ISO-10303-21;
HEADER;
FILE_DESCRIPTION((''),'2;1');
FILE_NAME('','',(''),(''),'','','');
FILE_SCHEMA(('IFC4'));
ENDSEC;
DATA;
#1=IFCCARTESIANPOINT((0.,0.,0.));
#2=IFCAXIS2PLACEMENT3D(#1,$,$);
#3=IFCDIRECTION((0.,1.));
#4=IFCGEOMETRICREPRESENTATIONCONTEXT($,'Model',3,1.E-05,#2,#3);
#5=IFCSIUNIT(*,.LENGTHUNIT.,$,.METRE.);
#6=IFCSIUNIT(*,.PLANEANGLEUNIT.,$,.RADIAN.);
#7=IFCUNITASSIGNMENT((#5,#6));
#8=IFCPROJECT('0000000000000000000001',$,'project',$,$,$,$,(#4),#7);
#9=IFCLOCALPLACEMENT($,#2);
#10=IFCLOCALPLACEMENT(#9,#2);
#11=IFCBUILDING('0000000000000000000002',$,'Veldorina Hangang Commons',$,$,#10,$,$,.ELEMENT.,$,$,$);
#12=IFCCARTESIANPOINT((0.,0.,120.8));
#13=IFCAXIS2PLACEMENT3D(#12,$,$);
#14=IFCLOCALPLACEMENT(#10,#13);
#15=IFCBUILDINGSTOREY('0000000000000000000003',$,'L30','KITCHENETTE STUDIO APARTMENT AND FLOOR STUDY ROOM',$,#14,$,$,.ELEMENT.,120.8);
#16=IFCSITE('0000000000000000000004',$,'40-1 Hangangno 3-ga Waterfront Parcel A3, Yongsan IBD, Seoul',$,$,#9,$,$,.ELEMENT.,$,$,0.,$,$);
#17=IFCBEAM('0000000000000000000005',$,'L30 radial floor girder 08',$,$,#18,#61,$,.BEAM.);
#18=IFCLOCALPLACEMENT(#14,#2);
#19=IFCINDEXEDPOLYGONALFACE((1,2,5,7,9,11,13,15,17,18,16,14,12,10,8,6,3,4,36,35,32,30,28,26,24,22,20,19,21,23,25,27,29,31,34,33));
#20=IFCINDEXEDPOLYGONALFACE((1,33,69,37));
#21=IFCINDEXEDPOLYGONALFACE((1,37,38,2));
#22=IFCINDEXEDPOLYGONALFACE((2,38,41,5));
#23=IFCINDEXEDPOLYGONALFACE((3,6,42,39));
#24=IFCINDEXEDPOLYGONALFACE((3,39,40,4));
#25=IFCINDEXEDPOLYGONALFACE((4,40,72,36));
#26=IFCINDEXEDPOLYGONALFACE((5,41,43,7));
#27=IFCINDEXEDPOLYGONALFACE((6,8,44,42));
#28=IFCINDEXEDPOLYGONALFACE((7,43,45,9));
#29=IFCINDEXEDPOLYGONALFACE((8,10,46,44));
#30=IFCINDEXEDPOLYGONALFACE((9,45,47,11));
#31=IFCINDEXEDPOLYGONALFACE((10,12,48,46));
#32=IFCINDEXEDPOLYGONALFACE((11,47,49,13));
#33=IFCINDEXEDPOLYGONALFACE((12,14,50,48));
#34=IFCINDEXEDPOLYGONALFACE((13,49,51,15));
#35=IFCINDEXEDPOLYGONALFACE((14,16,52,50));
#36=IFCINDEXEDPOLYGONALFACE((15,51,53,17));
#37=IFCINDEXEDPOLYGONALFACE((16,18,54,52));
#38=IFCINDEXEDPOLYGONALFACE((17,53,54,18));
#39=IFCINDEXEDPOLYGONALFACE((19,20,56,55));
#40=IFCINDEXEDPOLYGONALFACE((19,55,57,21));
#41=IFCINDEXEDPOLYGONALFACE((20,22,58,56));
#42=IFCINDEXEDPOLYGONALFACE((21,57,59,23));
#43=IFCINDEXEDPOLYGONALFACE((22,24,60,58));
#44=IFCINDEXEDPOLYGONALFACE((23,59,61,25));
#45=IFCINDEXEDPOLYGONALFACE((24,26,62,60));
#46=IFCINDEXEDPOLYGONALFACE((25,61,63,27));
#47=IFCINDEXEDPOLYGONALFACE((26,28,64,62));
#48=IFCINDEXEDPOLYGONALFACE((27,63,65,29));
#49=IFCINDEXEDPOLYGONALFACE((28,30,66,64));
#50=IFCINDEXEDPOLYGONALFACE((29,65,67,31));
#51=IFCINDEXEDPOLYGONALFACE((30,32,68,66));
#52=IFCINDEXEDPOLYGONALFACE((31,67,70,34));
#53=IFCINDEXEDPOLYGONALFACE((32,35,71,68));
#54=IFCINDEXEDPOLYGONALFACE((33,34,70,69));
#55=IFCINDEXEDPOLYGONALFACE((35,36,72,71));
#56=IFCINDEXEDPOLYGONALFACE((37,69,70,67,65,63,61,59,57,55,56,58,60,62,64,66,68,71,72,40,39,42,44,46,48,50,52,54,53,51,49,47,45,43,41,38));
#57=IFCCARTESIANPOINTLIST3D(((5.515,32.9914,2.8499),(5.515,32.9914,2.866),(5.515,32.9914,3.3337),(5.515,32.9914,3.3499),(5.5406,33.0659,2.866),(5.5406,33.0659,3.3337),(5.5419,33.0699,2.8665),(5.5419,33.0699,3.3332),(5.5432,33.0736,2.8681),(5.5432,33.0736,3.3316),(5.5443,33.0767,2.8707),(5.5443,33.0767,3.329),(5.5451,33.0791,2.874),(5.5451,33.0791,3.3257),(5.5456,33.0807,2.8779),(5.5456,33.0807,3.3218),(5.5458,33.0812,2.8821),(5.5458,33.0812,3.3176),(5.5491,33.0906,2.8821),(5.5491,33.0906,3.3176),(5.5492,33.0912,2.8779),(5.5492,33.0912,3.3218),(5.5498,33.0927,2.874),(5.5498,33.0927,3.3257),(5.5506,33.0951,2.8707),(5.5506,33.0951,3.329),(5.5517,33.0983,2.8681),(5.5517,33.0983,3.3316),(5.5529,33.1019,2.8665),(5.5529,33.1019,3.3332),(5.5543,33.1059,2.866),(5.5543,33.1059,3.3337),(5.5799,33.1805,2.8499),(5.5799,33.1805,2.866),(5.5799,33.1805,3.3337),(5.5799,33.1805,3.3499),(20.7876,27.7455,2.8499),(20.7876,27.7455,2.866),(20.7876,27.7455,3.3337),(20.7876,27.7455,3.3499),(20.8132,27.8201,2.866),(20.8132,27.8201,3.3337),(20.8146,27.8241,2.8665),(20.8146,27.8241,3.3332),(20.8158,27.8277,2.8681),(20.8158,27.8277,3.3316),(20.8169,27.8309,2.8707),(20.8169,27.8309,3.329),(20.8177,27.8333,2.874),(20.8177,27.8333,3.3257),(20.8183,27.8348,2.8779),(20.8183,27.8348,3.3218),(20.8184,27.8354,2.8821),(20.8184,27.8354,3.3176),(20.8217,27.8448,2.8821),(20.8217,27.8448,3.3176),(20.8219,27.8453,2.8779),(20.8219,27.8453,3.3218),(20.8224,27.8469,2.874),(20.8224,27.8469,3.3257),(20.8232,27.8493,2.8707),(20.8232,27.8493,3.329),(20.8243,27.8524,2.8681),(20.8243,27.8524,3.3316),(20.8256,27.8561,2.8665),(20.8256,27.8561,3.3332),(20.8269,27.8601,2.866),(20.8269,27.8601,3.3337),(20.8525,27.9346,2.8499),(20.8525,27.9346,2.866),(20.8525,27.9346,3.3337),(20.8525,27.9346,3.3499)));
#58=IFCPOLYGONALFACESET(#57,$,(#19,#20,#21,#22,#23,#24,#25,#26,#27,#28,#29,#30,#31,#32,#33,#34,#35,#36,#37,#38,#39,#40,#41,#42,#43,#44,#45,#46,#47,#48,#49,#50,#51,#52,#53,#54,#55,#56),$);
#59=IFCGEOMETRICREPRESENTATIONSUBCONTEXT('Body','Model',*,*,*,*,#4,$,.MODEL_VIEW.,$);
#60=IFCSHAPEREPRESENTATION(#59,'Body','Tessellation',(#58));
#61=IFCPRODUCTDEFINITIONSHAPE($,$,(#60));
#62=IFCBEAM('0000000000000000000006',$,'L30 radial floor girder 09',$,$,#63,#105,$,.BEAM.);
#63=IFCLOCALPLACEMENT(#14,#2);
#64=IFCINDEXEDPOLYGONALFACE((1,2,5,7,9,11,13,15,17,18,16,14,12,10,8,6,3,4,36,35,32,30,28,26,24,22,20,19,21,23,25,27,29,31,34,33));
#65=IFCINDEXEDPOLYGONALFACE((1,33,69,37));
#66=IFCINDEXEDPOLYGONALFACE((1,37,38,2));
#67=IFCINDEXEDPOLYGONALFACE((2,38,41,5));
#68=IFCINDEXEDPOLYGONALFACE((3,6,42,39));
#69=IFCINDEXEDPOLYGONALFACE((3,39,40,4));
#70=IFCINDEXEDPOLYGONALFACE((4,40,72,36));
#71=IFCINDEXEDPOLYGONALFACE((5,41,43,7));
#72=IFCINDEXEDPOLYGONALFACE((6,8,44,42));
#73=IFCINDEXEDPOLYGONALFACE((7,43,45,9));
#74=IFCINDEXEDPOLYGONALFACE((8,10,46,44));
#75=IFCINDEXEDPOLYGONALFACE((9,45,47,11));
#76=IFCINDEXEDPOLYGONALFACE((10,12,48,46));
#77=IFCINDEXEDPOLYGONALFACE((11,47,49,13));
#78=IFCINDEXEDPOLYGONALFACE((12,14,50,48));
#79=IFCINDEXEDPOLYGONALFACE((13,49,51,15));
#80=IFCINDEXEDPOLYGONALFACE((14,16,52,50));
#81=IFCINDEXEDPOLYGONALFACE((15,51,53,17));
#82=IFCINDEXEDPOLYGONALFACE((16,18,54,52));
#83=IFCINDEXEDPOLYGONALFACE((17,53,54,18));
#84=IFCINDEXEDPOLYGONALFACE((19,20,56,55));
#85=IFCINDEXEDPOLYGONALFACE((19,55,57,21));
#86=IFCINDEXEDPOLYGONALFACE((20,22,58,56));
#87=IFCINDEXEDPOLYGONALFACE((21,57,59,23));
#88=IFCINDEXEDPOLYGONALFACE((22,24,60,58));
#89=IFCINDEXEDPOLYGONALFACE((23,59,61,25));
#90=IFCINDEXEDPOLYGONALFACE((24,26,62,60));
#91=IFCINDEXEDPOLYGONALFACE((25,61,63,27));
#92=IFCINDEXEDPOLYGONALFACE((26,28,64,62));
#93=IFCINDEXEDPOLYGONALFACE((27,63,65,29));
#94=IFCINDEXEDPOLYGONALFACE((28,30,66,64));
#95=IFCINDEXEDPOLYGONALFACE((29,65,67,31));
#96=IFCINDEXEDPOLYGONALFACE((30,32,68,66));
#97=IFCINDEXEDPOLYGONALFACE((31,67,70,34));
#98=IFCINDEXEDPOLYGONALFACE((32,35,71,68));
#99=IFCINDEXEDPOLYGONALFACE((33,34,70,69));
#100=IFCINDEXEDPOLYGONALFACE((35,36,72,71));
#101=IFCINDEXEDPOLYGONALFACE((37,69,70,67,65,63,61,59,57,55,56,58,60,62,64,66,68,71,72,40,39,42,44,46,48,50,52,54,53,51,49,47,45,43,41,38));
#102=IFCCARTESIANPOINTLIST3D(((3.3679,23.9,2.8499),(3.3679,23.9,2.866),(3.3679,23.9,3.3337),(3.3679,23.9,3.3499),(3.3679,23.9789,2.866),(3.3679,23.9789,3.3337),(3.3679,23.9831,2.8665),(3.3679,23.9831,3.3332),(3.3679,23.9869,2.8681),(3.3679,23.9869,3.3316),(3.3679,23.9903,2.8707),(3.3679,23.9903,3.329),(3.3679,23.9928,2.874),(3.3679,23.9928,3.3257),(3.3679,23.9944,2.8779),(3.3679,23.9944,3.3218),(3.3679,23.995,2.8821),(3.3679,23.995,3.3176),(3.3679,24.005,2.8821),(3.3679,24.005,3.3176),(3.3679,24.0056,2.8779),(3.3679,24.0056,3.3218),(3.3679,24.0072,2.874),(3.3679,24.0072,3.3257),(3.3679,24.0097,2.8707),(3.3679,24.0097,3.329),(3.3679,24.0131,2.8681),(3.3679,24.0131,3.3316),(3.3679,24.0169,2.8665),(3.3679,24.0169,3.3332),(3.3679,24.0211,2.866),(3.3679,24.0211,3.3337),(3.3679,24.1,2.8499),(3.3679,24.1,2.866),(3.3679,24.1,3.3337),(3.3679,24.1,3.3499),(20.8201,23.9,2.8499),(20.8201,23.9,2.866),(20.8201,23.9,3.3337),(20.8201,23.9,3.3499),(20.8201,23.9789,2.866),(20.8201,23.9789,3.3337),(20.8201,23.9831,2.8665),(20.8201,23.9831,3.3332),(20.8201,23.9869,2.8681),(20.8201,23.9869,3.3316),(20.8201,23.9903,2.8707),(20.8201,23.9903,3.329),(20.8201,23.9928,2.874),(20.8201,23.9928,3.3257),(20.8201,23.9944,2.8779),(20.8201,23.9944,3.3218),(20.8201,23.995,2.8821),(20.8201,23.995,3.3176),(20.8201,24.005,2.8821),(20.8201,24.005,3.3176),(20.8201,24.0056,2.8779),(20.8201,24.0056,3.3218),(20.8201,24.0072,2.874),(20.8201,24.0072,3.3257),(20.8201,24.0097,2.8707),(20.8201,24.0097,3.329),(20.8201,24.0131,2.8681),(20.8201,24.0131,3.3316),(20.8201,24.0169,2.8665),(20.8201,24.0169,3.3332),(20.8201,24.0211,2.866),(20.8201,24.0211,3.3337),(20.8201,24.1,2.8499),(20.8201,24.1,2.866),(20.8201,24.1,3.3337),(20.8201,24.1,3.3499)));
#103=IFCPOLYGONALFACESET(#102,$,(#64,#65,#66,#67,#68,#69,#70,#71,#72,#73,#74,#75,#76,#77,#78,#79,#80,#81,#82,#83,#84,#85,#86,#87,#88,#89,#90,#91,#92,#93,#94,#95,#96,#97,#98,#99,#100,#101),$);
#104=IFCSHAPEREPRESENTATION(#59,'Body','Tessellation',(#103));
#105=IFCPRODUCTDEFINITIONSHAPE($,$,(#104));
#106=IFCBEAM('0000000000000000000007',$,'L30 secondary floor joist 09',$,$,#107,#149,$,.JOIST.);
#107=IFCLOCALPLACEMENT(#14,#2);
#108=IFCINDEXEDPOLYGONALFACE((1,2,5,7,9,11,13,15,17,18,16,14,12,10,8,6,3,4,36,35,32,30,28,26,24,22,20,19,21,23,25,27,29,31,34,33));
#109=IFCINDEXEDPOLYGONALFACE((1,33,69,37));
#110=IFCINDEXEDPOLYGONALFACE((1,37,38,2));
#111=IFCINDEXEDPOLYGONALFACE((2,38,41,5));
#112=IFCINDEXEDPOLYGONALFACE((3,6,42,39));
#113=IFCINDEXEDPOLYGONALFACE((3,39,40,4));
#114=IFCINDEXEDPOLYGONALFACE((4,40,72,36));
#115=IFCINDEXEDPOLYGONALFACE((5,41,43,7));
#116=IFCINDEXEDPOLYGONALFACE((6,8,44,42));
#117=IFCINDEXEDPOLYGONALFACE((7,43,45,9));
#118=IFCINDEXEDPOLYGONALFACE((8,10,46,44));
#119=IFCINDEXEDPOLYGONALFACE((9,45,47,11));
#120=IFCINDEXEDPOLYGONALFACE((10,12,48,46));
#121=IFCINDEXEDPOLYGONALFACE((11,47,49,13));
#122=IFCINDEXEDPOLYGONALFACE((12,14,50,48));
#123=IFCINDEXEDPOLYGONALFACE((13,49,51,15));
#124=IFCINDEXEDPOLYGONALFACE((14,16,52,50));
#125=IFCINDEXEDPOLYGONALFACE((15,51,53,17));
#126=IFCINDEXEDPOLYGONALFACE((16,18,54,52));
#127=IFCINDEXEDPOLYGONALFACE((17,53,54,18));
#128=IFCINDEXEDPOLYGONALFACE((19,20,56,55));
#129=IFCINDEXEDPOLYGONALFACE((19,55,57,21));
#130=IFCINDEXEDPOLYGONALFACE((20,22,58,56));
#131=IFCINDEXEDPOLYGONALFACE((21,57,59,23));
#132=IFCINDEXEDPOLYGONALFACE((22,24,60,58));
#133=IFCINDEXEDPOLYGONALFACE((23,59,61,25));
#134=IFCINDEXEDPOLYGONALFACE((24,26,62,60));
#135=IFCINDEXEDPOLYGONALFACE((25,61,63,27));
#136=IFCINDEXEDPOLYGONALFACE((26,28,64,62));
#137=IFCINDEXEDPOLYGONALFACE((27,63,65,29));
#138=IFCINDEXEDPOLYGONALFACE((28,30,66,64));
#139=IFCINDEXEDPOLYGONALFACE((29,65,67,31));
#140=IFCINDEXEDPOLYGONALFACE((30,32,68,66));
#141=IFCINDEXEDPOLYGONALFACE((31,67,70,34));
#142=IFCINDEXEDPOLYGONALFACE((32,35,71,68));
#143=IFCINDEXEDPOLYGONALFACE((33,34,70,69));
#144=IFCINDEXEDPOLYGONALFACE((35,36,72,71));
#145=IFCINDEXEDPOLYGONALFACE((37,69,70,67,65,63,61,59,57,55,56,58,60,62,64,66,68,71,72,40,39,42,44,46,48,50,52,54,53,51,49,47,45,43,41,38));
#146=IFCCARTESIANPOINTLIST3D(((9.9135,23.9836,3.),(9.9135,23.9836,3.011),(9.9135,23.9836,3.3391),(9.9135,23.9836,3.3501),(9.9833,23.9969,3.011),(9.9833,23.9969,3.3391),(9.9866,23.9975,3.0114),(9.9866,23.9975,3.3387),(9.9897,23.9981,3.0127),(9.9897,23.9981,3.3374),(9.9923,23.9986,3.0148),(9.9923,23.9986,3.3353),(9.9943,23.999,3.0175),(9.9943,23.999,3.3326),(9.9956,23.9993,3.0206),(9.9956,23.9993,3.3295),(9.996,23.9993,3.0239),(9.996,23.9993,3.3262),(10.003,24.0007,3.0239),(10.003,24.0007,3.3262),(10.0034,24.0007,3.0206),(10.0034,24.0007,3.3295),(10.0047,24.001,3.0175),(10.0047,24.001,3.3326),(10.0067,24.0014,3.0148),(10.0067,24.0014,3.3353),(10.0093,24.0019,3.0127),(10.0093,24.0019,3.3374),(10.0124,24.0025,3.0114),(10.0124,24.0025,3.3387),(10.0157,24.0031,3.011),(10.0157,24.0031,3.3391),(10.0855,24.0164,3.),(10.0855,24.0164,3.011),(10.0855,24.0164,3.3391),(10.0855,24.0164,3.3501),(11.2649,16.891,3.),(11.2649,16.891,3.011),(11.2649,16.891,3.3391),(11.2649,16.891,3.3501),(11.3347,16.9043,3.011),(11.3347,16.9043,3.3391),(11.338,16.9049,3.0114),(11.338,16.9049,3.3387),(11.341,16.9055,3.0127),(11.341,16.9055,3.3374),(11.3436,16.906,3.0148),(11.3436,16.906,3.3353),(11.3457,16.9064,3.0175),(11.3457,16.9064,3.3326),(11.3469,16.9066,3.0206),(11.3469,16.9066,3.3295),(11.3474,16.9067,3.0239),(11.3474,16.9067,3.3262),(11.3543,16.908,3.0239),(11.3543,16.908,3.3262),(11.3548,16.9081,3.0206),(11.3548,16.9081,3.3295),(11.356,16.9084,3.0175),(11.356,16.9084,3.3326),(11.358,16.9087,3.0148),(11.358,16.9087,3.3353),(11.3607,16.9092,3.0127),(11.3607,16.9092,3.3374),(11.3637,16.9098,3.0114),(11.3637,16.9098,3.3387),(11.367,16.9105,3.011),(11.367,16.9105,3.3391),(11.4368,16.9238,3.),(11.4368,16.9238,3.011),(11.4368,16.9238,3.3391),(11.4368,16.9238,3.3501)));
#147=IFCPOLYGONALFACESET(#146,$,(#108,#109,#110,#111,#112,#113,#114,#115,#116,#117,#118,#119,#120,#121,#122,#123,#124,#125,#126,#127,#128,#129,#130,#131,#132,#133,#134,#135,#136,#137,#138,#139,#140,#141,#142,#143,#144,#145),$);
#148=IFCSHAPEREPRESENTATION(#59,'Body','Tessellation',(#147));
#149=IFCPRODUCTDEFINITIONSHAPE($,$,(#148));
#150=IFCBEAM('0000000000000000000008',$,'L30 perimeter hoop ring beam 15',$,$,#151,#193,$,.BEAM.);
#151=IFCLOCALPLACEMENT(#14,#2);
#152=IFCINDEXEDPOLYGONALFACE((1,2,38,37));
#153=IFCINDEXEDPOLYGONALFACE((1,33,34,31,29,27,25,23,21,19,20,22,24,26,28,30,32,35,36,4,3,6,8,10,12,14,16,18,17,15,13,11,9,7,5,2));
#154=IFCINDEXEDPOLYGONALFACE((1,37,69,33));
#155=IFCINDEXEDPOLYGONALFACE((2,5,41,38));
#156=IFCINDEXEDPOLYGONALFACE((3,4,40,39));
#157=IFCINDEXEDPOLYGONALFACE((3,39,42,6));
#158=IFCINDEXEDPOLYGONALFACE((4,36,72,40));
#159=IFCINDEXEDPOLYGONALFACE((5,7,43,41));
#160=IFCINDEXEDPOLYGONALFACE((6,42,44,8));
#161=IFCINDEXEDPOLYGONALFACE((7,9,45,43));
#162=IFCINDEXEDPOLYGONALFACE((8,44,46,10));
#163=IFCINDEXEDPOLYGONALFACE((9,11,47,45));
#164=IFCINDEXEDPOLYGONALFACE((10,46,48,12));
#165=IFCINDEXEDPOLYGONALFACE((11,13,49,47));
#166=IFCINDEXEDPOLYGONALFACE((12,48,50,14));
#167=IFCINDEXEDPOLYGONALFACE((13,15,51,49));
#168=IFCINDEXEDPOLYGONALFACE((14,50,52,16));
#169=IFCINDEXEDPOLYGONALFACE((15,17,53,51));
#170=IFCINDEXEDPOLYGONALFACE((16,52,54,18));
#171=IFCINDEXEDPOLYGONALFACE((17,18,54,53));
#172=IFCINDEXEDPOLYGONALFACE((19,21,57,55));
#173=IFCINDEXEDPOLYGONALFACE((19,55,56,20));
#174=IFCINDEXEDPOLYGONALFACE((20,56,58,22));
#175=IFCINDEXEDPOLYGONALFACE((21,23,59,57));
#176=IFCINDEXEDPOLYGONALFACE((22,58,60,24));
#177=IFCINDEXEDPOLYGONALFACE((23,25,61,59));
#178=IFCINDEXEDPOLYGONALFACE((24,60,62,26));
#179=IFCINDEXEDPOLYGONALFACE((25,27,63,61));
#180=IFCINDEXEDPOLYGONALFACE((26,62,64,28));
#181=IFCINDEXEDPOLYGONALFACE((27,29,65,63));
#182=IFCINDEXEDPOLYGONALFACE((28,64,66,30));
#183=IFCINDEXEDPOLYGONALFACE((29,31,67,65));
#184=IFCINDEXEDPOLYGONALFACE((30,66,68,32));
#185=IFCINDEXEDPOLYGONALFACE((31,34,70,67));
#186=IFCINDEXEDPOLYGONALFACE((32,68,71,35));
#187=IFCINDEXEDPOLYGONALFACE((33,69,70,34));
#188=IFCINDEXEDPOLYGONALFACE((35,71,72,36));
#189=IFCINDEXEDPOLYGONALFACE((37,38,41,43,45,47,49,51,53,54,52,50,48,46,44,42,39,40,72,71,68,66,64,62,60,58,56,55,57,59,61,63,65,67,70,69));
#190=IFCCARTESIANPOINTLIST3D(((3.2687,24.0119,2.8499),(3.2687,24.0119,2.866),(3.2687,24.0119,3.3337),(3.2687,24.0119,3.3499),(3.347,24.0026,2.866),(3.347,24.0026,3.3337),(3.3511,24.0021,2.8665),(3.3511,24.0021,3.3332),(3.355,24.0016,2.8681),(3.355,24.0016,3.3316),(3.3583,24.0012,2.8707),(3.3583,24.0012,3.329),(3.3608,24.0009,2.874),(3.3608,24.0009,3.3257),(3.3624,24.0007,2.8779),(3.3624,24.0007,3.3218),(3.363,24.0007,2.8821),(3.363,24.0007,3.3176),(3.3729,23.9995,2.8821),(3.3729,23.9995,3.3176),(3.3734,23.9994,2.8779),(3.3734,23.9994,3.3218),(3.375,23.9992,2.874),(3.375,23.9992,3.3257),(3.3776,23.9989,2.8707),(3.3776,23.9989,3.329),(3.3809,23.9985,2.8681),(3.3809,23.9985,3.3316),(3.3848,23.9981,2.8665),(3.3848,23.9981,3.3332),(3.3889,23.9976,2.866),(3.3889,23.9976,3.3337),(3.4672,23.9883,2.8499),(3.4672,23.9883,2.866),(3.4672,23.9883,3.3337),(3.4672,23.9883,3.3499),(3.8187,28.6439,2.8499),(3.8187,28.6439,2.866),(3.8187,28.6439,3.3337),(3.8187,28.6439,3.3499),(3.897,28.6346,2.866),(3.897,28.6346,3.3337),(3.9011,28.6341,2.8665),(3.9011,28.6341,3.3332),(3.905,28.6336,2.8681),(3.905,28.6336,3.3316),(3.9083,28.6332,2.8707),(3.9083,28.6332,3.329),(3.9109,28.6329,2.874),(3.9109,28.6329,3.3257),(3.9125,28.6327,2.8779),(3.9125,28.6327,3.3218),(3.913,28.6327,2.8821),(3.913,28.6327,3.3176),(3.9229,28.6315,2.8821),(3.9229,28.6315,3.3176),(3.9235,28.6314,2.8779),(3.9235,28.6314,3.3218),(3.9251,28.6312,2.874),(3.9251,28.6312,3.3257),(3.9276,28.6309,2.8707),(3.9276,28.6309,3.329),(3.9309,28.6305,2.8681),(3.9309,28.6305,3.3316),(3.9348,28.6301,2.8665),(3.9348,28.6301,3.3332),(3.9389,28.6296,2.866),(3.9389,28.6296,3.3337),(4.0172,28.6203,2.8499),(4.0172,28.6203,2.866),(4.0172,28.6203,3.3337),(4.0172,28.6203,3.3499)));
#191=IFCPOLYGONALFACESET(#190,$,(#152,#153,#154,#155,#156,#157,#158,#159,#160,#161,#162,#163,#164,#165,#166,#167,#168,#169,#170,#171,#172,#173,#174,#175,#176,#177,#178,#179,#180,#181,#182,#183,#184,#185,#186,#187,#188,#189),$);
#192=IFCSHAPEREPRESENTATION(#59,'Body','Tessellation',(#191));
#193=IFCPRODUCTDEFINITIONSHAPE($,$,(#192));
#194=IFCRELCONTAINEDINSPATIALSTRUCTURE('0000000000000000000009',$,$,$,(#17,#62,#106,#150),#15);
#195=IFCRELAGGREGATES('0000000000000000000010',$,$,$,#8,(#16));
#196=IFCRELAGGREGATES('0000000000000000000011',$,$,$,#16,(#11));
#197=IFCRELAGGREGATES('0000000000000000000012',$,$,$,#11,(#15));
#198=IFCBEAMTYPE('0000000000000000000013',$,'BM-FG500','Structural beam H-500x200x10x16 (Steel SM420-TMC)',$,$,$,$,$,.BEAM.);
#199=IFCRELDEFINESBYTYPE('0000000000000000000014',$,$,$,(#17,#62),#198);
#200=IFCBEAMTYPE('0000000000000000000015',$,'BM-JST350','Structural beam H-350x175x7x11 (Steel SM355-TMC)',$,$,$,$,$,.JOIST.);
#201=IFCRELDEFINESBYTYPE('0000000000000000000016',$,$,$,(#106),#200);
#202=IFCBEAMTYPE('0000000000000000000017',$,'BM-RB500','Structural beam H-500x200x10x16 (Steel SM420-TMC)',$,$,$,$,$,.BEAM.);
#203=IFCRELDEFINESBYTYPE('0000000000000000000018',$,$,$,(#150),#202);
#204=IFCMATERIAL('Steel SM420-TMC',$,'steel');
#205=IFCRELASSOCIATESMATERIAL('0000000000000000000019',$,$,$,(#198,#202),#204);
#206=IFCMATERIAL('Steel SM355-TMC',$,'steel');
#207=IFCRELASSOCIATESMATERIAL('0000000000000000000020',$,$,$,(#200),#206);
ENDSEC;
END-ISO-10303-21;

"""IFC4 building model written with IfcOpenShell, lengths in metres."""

from ifc_helpers import new_model, si_unit, direction, frame, origin, origin_2d, place, context, subcontext, project, spatial, i_section, extrude, material, material_profile, profile_set, type_object, element, save


model = new_model("IFC4")

# Units and contexts
model_context = context("Model", 3, precision=1e-05, world=origin(), true_north=direction((0.0, 1.0)))
body_context = subcontext(model_context, "Body", "Model", "MODEL_VIEW")
ifc_project = project(units=[si_unit("LENGTHUNIT", "METRE"), si_unit("PLANEANGLEUNIT", "RADIAN")], contexts=[model_context])

# Site, building, storey
site_placement = place(None, origin())
site = spatial("IfcSite", under=ifc_project, at=site_placement, Name="40-1 Hangangno 3-ga Waterfront Parcel A3, Yongsan IBD, Seoul", CompositionType="ELEMENT", RefElevation=0.0)
building_placement = place(site_placement, origin())
building = spatial("IfcBuilding", under=site, at=building_placement, Name="Veldorina Hangang Commons", CompositionType="ELEMENT")
storey_placement = place(building_placement, frame((0.0, 0.0, 120.8)))
storey = spatial("IfcBuildingStorey", under=building, at=storey_placement, Name="L30", Description="KITCHENETTE STUDIO APARTMENT AND FLOOR STUDY ROOM", CompositionType="ELEMENT", Elevation=120.8)

# Beams
ifc_material_1 = material(Name="Steel SM420-TMC", Category="steel")
ifc_material_profile_1 = material_profile(ifc_material_1, i_section(OverallWidth=0.2, OverallDepth=0.5, WebThickness=0.01, FlangeThickness=0.0161, FilletRadius=0.0161, at=origin_2d()), Name="H-500x200x10x16")
ifc_profile_set_1 = profile_set([ifc_material_profile_1], Name="Steel SM420-TMC")
beam_type_1 = type_object("IfcBeamType", Name="BM-FG500", Description="Structural beam H-500x200x10x16 (Steel SM420-TMC)", PredefinedType="BEAM", material=ifc_profile_set_1)
beam_1_placement = place(storey_placement, frame((20.8201, 27.8401, 3.0999), z_axis=(-0.945765, 0.32485, 0.0), x_axis=(-0.32485, -0.945765, 0.0)))
element("IfcBeam", 1, at=beam_1_placement, inside=storey, type_object=beam_type_1, Name="L30 radial floor girder 08", PredefinedType="BEAM", context=body_context, shape_type="SweptSolid", body=[
    extrude(i_section(OverallWidth=0.2, OverallDepth=0.5, WebThickness=0.01, FlangeThickness=0.0161, FilletRadius=0.0161, at=origin_2d()), origin(), (0.0, 0.0, 1.0), 16.1484),
])
beam_2_placement = place(storey_placement, frame((20.8201, 24.0, 3.0999), z_axis=(-1.0, 0.0, 0.0), x_axis=(0.0, -1.0, 0.0)))
element("IfcBeam", 2, at=beam_2_placement, inside=storey, type_object=beam_type_1, Name="L30 radial floor girder 09", PredefinedType="BEAM", context=body_context, shape_type="SweptSolid", body=[
    extrude(i_section(OverallWidth=0.2, OverallDepth=0.5, WebThickness=0.01, FlangeThickness=0.0161, FilletRadius=0.0161, at=origin_2d()), origin(), (0.0, 0.0, 1.0), 17.4521),
])
ifc_material_2 = material(Name="Steel SM355-TMC", Category="steel")
ifc_material_profile_2 = material_profile(ifc_material_2, i_section(OverallWidth=0.175, OverallDepth=0.3501, WebThickness=0.0071, FlangeThickness=0.011, FilletRadius=0.0129, at=origin_2d()), Name="H-350x175x7x11")
ifc_profile_set_2 = profile_set([ifc_material_profile_2], Name="Steel SM355-TMC")
beam_type_2 = type_object("IfcBeamType", Name="BM-JST350", Description="Structural beam H-350x175x7x11 (Steel SM355-TMC)", PredefinedType="JOIST", material=ifc_profile_set_2)
beam_3_placement = place(storey_placement, frame((9.9995, 24.0, 3.175), z_axis=(0.18716, -0.982329, 0.0), x_axis=(0.982329, 0.18716, 0.0)))
element("IfcBeam", 3, at=beam_3_placement, inside=storey, type_object=beam_type_2, Name="L30 secondary floor joist 09", PredefinedType="JOIST", context=body_context, shape_type="SweptSolid", body=[
    extrude(i_section(OverallWidth=0.175, OverallDepth=0.3501, WebThickness=0.0071, FlangeThickness=0.011, FilletRadius=0.0129, at=origin_2d()), origin(), (0.0, 0.0, 1.0), 7.2202),
])
ifc_material_profile_3 = material_profile(ifc_material_1, i_section(OverallWidth=0.2, OverallDepth=0.5, WebThickness=0.01, FlangeThickness=0.0161, FilletRadius=0.0161, at=origin_2d()), Name="H-500x200x10x16")
ifc_profile_set_3 = profile_set([ifc_material_profile_3], Name="Steel SM420-TMC")
beam_type_3 = type_object("IfcBeamType", Name="BM-RB500", Description="Structural beam H-500x200x10x16 (Steel SM420-TMC)", PredefinedType="BEAM", material=ifc_profile_set_3)
for number, where, z_axis, x_axis, name in (
    (4, (3.918, 28.6321, 3.0999), (-0.117919, -0.993023, 0.0), (0.993023, -0.117919, 0.0), "L30 perimeter hoop ring beam 15"),
):
    element("IfcBeam", number, at=place(storey_placement, frame(where, z_axis=z_axis, x_axis=x_axis)), inside=storey, type_object=beam_type_3, Name=name, PredefinedType="BEAM", context=body_context, shape_type="SweptSolid", body=[
        extrude(i_section(OverallWidth=0.2, OverallDepth=0.5, WebThickness=0.01, FlangeThickness=0.0161, FilletRadius=0.0161, at=origin_2d()), origin(), (0.0, 0.0, 1.0), 4.6646),
    ])

save(model, "model.ifc")
